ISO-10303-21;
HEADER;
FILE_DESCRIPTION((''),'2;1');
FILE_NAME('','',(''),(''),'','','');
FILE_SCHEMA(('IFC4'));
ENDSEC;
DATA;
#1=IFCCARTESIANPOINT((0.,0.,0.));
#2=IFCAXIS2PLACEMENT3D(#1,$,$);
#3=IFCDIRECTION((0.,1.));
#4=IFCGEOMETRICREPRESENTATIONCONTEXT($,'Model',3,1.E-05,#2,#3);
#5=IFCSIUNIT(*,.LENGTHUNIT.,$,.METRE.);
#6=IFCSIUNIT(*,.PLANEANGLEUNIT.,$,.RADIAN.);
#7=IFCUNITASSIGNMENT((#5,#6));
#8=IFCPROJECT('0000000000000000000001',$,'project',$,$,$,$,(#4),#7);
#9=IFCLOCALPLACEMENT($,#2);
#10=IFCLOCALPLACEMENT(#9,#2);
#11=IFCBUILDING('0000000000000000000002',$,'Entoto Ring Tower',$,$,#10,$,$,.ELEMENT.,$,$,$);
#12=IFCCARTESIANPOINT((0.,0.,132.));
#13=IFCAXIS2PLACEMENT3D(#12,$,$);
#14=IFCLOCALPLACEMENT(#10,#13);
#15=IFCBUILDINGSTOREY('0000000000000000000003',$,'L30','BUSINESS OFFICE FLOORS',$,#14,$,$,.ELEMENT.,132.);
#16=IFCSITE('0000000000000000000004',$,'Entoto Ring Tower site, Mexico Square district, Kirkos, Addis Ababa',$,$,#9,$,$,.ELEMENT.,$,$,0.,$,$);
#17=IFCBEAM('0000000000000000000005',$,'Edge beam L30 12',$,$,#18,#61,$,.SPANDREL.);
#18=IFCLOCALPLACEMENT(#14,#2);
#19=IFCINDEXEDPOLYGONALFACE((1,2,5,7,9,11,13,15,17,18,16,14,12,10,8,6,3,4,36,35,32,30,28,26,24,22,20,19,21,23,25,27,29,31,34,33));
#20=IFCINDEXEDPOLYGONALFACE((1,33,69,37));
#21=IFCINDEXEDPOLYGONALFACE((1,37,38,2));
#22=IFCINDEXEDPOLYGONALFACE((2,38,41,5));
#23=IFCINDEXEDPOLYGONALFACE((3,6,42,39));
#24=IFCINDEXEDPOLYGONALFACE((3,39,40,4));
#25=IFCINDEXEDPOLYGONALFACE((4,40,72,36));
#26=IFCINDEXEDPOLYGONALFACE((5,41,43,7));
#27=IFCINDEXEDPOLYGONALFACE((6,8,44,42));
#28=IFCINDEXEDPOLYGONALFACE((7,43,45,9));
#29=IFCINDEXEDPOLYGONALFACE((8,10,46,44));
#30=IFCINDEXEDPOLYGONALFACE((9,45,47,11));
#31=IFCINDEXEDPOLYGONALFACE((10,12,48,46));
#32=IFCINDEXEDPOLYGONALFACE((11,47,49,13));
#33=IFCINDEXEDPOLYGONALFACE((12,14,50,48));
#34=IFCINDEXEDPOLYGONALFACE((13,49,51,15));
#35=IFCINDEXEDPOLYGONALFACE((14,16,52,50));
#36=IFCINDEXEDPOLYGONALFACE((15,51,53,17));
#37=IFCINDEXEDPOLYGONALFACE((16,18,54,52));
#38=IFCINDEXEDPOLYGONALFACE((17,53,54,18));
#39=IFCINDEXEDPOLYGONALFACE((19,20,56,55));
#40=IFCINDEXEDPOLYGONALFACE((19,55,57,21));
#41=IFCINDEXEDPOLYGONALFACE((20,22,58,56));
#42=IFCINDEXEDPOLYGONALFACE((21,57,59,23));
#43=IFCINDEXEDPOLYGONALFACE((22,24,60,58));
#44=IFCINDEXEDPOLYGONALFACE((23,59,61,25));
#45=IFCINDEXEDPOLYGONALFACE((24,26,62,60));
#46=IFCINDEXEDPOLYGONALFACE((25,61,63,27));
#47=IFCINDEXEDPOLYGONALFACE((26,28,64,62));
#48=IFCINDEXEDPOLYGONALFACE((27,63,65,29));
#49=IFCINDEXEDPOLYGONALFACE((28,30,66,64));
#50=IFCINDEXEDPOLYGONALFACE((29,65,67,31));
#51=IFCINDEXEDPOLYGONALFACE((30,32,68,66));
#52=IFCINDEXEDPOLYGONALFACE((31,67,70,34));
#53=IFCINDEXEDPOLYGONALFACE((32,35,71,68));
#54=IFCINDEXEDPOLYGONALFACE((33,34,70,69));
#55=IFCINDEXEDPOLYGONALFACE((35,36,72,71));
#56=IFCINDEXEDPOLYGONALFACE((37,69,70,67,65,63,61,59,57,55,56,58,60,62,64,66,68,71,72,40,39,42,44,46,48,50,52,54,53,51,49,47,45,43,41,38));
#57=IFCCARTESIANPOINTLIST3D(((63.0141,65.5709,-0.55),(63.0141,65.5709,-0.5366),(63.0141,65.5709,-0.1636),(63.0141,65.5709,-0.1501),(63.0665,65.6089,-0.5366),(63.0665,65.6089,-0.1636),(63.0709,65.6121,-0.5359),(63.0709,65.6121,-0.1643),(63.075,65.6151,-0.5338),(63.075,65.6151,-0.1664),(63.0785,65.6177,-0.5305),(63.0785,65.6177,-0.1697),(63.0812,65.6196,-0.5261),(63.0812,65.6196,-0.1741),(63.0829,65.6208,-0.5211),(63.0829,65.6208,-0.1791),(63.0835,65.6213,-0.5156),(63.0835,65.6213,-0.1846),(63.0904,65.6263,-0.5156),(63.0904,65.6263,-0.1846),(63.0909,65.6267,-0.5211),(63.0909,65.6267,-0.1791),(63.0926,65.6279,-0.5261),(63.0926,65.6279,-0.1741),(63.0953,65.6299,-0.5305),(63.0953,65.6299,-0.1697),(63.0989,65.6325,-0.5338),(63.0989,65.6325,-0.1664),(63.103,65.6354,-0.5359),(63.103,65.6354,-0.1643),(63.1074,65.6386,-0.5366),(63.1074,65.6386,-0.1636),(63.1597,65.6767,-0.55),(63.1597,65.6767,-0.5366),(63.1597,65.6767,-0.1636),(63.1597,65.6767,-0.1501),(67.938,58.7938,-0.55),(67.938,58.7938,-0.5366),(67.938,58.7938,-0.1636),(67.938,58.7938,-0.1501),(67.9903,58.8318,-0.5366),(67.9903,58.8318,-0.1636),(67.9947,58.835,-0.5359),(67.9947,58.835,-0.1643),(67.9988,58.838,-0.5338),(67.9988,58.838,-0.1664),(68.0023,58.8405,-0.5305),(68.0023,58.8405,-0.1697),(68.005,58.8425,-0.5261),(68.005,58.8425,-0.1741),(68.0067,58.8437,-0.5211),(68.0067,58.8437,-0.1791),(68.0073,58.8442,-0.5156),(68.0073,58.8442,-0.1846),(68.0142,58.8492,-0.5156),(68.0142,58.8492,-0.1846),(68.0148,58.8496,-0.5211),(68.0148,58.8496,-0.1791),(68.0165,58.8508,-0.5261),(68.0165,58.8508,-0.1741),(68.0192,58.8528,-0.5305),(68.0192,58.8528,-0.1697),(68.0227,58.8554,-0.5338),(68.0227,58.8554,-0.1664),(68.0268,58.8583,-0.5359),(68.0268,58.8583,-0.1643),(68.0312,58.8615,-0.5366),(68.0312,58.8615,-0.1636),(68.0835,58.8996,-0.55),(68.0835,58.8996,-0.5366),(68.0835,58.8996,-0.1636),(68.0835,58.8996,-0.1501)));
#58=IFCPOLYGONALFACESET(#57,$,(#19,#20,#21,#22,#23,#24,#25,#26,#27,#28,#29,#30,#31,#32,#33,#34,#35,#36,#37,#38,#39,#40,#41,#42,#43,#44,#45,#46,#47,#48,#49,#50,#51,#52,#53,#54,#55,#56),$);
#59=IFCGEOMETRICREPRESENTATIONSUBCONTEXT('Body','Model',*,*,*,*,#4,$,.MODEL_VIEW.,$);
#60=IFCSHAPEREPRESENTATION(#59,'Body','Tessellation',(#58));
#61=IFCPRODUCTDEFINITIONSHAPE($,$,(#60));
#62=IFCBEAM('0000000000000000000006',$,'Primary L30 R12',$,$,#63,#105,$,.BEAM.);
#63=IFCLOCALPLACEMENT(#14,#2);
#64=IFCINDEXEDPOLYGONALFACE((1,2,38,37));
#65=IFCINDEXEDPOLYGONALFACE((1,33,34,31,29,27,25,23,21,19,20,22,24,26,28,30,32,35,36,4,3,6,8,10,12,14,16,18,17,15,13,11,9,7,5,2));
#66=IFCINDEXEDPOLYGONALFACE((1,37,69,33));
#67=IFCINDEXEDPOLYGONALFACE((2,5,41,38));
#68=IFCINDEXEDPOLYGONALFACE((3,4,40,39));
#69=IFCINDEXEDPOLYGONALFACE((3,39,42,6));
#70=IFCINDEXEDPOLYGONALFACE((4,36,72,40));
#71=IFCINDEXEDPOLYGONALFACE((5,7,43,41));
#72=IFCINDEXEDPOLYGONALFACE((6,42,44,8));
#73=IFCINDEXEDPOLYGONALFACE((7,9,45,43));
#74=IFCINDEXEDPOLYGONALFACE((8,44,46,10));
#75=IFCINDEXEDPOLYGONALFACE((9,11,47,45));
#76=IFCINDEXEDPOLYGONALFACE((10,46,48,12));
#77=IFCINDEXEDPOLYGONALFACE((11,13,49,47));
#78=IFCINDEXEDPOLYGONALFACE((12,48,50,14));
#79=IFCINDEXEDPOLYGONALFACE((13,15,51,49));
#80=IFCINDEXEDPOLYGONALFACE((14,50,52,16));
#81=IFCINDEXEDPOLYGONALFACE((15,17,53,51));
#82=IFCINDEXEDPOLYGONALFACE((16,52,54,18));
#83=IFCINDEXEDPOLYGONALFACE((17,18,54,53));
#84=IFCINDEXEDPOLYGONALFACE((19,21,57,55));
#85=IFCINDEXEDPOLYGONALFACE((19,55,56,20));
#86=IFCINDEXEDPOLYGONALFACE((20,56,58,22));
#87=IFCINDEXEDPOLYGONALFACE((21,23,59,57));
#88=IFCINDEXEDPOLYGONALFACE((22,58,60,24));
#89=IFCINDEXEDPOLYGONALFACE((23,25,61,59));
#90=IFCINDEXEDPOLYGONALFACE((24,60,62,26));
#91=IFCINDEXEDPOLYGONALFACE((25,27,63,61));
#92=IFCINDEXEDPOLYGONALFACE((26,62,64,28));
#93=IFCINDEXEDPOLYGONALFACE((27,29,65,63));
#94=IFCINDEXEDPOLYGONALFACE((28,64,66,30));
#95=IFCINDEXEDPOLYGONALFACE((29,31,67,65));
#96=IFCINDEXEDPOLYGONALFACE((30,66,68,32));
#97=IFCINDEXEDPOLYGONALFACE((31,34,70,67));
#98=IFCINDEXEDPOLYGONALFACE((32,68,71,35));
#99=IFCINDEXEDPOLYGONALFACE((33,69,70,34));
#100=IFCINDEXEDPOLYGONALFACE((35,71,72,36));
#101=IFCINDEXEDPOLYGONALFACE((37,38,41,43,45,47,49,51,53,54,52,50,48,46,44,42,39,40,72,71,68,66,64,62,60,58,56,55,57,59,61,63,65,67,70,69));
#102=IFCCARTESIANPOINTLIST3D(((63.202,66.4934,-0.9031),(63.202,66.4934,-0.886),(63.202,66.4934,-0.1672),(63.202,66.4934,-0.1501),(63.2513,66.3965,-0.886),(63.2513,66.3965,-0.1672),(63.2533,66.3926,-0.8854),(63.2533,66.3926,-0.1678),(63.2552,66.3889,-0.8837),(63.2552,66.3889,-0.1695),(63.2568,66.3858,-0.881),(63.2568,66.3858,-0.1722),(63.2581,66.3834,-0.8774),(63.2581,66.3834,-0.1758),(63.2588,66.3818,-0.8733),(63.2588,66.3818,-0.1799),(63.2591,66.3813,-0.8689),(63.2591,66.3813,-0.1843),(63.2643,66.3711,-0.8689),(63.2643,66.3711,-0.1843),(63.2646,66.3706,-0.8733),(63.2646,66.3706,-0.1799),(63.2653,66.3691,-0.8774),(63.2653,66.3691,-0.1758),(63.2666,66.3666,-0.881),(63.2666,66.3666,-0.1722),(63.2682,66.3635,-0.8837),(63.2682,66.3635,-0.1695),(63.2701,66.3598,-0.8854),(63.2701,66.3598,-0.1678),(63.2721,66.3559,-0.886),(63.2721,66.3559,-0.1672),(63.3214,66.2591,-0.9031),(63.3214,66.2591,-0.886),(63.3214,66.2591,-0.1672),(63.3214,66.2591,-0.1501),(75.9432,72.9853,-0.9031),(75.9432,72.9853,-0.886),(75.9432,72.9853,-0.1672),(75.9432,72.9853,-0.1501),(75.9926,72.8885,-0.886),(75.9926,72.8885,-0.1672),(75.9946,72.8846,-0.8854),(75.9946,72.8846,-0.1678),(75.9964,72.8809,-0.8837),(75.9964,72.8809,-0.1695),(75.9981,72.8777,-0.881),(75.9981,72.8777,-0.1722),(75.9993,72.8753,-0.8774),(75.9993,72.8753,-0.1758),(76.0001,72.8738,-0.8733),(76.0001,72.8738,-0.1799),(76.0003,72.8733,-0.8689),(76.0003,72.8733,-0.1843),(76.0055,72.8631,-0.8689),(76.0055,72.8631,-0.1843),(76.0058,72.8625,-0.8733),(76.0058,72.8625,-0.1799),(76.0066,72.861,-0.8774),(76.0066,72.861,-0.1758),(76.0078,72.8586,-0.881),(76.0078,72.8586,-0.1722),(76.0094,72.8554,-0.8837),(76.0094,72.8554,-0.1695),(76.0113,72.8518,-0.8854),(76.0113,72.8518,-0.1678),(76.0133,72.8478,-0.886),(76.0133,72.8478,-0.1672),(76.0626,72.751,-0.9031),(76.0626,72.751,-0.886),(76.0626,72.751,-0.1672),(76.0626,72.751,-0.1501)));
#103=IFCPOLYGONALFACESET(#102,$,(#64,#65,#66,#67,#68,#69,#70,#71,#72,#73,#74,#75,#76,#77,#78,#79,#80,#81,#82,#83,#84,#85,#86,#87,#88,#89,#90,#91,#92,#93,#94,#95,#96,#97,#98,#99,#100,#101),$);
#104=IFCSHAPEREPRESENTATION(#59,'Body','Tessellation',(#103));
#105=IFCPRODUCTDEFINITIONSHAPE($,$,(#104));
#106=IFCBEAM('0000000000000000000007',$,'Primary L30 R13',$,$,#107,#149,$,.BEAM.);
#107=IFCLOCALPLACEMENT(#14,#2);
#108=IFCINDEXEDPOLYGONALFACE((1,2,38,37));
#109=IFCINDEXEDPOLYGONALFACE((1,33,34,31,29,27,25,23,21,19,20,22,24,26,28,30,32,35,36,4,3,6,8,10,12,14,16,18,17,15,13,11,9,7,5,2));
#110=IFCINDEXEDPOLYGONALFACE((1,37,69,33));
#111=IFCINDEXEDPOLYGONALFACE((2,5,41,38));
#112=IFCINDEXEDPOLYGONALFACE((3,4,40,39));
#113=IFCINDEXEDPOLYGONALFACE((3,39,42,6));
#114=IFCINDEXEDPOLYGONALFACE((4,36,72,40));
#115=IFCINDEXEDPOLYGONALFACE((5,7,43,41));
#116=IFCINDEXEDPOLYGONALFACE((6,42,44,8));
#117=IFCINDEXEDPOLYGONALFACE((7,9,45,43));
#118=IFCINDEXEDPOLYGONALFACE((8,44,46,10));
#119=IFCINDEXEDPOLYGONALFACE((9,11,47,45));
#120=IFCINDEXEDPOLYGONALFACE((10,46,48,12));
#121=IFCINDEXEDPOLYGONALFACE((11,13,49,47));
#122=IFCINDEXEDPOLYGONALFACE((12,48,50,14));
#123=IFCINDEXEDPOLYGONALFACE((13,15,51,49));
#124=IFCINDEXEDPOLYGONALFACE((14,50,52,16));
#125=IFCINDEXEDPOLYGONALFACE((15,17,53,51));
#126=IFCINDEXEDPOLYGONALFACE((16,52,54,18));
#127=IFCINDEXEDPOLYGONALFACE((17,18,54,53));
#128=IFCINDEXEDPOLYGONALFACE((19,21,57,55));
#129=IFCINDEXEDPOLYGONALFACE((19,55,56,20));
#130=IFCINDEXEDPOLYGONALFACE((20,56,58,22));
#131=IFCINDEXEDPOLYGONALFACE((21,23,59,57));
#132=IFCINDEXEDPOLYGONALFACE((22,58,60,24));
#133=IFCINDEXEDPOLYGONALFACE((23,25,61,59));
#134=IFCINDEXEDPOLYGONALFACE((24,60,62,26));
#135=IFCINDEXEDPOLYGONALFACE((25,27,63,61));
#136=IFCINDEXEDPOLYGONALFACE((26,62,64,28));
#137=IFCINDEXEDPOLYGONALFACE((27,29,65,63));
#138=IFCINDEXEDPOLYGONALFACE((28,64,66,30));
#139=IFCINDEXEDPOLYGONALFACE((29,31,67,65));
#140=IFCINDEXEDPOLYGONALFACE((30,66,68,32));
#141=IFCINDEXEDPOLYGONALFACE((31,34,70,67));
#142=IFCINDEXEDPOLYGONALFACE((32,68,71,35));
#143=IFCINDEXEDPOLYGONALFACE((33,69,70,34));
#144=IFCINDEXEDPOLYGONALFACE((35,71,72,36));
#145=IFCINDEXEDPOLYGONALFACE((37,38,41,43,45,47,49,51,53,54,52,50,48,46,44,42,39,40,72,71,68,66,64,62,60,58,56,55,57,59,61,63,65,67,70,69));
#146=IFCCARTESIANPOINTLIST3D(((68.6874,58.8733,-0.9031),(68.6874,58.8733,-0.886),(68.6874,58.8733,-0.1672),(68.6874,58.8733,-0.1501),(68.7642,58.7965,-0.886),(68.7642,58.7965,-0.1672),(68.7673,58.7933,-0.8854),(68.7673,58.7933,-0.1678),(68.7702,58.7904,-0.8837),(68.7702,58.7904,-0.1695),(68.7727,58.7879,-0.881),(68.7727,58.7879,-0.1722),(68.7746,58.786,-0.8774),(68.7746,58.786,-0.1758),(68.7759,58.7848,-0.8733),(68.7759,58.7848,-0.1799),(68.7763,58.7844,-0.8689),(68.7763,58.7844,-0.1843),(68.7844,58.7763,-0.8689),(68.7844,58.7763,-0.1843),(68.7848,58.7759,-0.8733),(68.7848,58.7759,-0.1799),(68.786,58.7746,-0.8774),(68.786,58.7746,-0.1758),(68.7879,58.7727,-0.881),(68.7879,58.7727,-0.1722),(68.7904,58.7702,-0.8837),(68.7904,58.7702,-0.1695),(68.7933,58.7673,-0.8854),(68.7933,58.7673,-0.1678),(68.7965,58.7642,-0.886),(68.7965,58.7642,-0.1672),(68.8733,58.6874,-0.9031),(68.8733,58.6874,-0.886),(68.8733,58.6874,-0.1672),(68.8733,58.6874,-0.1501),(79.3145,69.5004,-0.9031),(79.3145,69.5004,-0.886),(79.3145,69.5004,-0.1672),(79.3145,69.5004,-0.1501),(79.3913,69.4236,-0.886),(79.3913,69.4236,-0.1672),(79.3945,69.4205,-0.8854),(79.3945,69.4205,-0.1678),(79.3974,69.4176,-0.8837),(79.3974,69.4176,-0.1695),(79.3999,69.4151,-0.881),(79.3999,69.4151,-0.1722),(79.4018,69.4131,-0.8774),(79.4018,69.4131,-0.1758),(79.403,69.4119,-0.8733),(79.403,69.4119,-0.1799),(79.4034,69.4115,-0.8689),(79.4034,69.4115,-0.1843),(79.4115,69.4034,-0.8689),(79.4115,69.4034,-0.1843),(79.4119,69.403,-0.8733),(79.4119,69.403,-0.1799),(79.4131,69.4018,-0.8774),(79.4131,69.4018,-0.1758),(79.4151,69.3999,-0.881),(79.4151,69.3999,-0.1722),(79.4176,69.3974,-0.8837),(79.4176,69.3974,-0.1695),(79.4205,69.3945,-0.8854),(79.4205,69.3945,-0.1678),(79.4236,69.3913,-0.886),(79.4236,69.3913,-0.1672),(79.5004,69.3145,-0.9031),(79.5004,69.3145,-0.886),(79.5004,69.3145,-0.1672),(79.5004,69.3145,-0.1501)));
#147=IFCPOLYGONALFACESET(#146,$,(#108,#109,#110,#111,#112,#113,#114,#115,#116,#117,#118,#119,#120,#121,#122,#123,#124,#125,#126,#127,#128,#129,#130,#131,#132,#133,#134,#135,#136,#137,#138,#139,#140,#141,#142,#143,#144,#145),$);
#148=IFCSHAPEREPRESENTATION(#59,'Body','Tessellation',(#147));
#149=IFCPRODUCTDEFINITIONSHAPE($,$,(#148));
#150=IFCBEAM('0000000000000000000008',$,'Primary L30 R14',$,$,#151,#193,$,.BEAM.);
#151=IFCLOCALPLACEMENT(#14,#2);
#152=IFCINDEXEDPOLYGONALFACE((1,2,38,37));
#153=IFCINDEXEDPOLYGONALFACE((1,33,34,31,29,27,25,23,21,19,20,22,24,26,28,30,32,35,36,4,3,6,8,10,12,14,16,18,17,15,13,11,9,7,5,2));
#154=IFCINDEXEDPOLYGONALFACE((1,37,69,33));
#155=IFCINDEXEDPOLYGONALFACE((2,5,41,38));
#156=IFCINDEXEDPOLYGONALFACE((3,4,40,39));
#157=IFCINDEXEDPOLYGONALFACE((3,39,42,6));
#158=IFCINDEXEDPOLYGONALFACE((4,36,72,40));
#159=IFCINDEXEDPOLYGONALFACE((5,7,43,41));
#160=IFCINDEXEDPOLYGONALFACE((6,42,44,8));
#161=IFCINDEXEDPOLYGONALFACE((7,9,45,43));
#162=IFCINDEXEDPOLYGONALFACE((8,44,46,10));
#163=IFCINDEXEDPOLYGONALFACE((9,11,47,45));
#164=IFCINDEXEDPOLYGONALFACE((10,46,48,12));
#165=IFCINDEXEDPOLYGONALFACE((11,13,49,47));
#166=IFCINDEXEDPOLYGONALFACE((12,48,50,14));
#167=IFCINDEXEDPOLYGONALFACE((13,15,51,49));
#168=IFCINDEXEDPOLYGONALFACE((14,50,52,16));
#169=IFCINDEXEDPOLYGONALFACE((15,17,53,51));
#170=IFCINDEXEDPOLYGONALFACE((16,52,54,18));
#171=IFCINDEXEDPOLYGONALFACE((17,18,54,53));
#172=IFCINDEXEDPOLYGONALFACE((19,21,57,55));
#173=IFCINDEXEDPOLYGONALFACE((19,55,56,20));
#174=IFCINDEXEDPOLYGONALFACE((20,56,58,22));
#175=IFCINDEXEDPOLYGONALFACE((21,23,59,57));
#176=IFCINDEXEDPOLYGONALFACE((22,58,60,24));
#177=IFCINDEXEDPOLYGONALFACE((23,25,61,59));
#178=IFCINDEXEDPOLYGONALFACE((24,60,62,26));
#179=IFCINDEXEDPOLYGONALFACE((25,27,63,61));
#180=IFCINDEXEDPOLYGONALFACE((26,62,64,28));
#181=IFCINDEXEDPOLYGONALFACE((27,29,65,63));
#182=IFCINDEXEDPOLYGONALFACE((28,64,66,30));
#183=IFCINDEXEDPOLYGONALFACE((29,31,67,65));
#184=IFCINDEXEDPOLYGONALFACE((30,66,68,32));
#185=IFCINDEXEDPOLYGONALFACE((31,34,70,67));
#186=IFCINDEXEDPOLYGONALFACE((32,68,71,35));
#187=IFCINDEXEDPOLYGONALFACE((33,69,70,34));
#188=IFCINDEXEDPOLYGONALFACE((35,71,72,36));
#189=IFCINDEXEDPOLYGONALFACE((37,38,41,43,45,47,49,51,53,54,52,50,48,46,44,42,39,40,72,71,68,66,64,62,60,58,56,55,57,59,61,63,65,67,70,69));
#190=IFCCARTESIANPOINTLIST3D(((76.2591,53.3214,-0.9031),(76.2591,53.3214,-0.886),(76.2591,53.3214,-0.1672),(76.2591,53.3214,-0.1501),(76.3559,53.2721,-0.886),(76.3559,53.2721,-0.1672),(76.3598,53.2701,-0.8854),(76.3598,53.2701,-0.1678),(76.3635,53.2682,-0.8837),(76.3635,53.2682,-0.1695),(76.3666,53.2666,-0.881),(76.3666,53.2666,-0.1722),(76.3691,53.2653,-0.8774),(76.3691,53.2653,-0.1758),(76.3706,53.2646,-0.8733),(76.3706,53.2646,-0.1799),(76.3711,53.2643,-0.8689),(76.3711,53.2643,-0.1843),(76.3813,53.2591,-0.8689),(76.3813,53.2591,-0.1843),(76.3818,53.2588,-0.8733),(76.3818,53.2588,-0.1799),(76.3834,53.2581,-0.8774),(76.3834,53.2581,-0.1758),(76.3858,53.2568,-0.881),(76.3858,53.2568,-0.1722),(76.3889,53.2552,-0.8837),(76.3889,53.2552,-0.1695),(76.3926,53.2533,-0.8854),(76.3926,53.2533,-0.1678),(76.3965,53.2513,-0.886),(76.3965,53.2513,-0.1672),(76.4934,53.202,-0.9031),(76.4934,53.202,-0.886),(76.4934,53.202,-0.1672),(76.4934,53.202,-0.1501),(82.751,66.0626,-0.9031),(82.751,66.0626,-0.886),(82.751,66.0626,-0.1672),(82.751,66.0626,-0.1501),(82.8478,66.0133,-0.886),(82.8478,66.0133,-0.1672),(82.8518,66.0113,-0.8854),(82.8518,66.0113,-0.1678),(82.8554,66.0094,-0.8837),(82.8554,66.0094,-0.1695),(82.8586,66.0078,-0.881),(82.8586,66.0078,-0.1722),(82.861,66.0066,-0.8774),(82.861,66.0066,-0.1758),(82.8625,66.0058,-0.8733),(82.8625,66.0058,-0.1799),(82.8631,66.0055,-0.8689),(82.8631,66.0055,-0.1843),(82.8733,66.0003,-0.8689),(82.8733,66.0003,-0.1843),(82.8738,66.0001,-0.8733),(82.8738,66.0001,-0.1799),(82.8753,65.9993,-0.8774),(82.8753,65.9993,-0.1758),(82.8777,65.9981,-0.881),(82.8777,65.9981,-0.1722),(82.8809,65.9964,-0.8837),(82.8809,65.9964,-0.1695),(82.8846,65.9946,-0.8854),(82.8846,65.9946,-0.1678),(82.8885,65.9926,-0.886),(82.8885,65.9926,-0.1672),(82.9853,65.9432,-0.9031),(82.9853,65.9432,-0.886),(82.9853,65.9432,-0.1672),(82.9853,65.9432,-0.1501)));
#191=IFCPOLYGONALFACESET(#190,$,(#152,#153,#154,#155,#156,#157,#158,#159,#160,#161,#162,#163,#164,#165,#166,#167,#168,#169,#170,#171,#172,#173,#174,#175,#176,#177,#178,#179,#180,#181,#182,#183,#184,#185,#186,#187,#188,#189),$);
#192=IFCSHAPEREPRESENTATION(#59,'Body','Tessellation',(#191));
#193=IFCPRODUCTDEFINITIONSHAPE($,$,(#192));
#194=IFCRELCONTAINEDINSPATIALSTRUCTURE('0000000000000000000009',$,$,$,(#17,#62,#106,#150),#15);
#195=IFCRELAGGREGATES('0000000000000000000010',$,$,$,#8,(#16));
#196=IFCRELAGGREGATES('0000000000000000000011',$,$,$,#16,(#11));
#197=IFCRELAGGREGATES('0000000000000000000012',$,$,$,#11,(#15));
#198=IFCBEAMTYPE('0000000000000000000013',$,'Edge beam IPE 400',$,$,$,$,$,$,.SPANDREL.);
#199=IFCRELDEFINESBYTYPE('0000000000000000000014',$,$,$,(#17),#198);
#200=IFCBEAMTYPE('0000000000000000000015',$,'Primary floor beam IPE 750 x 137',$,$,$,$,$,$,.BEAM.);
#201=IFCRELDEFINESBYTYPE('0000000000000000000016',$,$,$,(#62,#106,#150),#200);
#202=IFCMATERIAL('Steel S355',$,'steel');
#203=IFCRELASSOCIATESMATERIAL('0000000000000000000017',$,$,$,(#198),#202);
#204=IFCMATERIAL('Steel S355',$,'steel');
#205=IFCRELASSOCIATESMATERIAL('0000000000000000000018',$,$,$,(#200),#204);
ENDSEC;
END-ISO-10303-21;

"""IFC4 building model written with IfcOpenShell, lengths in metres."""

from ifc_helpers import new_model, si_unit, direction, frame, origin, origin_2d, place, context, subcontext, project, spatial, i_section, extrude, material, material_profile, profile_set, type_object, element, save


model = new_model("IFC4")

# Units and contexts
model_context = context("Model", 3, precision=1e-05, world=origin(), true_north=direction((0.0, 1.0)))
body_context = subcontext(model_context, "Body", "Model", "MODEL_VIEW")
ifc_project = project(units=[si_unit("LENGTHUNIT", "METRE"), si_unit("PLANEANGLEUNIT", "RADIAN")], contexts=[model_context])

# Site, building, storey
site_placement = place(None, origin())
site = spatial("IfcSite", under=ifc_project, at=site_placement, Name="Entoto Ring Tower site, Mexico Square district, Kirkos, Addis Ababa", CompositionType="ELEMENT", RefElevation=0.0)
building_placement = place(site_placement, origin())
building = spatial("IfcBuilding", under=site, at=building_placement, Name="Entoto Ring Tower", CompositionType="ELEMENT")
storey_placement = place(building_placement, frame((0.0, 0.0, 132.0)))
storey = spatial("IfcBuildingStorey", under=building, at=storey_placement, Name="L30", Description="BUSINESS OFFICE FLOORS", CompositionType="ELEMENT", Elevation=132.0)

# Beams
ifc_material_1 = material(Name="Steel S355", Category="steel")
ifc_material_profile_1 = material_profile(ifc_material_1, i_section(OverallWidth=0.1799, OverallDepth=0.3999, WebThickness=0.0085, FlangeThickness=0.0134, FilletRadius=0.021, at=origin_2d()), Name="IPE 400")
ifc_profile_set_1 = profile_set([ifc_material_profile_1], Name="Steel S355")
beam_type_1 = type_object("IfcBeamType", Name="Edge beam IPE 400", PredefinedType="SPANDREL", material=ifc_profile_set_1)
beam_1_placement = place(storey_placement, frame((63.0869, 65.6238, -0.3501), z_axis=(0.587783, -0.809018, 0.0), x_axis=(0.809018, 0.587783, 0.0)))
element("IfcBeam", 1, at=beam_1_placement, inside=storey, type_object=beam_type_1, Name="Edge beam L30 12", PredefinedType="SPANDREL", context=body_context, shape_type="SweptSolid", body=[
    extrude(i_section(OverallWidth=0.1799, OverallDepth=0.3999, WebThickness=0.0085, FlangeThickness=0.0134, FilletRadius=0.021, at=origin_2d()), origin(), (0.0, 0.0, 1.0), 8.377),
])
ifc_material_2 = material(Name="Steel S355", Category="steel")
ifc_material_profile_2 = material_profile(ifc_material_2, i_section(OverallWidth=0.2629, OverallDepth=0.7529, WebThickness=0.0115, FlangeThickness=0.0171, FilletRadius=0.0171, at=origin_2d()), Name="IPE 750 x 137")
ifc_profile_set_2 = profile_set([ifc_material_profile_2], Name="Steel S355")
beam_type_2 = type_object("IfcBeamType", Name="Primary floor beam IPE 750 x 137", PredefinedType="BEAM", material=ifc_profile_set_2)
beam_2_placement = place(storey_placement, frame((76.0029, 72.8682, -0.5266), z_axis=(-0.891007, -0.453989, 0.0), x_axis=(0.453989, -0.891007, 0.0)))
element("IfcBeam", 2, at=beam_2_placement, inside=storey, type_object=beam_type_2, Name="Primary L30 R12", PredefinedType="BEAM", context=body_context, shape_type="SweptSolid", body=[
    extrude(i_section(OverallWidth=0.2629, OverallDepth=0.7529, WebThickness=0.0115, FlangeThickness=0.0171, FilletRadius=0.0171, at=origin_2d()), origin(), (0.0, 0.0, 1.0), 14.2998),
])
beam_3_placement = place(storey_placement, frame((79.4075, 69.4075, -0.5266), z_axis=(-0.707107, -0.707107, 0.0), x_axis=(0.707107, -0.707107, 0.0)))
element("IfcBeam", 3, at=beam_3_placement, inside=storey, type_object=beam_type_2, Name="Primary L30 R13", PredefinedType="BEAM", context=body_context, shape_type="SweptSolid", body=[
    extrude(i_section(OverallWidth=0.2629, OverallDepth=0.7529, WebThickness=0.0115, FlangeThickness=0.0171, FilletRadius=0.0171, at=origin_2d()), origin(), (0.0, 0.0, 1.0), 15.0291),
])
beam_4_placement = place(storey_placement, frame((82.8682, 66.0029, -0.5266), z_axis=(-0.453989, -0.891007, 0.0), x_axis=(0.891007, -0.453989, 0.0)))
element("IfcBeam", 4, at=beam_4_placement, inside=storey, type_object=beam_type_2, Name="Primary L30 R14", PredefinedType="BEAM", context=body_context, shape_type="SweptSolid", body=[
    extrude(i_section(OverallWidth=0.2629, OverallDepth=0.7529, WebThickness=0.0115, FlangeThickness=0.0171, FilletRadius=0.0171, at=origin_2d()), origin(), (0.0, 0.0, 1.0), 14.2998),
])

save(model, "model.ifc")
